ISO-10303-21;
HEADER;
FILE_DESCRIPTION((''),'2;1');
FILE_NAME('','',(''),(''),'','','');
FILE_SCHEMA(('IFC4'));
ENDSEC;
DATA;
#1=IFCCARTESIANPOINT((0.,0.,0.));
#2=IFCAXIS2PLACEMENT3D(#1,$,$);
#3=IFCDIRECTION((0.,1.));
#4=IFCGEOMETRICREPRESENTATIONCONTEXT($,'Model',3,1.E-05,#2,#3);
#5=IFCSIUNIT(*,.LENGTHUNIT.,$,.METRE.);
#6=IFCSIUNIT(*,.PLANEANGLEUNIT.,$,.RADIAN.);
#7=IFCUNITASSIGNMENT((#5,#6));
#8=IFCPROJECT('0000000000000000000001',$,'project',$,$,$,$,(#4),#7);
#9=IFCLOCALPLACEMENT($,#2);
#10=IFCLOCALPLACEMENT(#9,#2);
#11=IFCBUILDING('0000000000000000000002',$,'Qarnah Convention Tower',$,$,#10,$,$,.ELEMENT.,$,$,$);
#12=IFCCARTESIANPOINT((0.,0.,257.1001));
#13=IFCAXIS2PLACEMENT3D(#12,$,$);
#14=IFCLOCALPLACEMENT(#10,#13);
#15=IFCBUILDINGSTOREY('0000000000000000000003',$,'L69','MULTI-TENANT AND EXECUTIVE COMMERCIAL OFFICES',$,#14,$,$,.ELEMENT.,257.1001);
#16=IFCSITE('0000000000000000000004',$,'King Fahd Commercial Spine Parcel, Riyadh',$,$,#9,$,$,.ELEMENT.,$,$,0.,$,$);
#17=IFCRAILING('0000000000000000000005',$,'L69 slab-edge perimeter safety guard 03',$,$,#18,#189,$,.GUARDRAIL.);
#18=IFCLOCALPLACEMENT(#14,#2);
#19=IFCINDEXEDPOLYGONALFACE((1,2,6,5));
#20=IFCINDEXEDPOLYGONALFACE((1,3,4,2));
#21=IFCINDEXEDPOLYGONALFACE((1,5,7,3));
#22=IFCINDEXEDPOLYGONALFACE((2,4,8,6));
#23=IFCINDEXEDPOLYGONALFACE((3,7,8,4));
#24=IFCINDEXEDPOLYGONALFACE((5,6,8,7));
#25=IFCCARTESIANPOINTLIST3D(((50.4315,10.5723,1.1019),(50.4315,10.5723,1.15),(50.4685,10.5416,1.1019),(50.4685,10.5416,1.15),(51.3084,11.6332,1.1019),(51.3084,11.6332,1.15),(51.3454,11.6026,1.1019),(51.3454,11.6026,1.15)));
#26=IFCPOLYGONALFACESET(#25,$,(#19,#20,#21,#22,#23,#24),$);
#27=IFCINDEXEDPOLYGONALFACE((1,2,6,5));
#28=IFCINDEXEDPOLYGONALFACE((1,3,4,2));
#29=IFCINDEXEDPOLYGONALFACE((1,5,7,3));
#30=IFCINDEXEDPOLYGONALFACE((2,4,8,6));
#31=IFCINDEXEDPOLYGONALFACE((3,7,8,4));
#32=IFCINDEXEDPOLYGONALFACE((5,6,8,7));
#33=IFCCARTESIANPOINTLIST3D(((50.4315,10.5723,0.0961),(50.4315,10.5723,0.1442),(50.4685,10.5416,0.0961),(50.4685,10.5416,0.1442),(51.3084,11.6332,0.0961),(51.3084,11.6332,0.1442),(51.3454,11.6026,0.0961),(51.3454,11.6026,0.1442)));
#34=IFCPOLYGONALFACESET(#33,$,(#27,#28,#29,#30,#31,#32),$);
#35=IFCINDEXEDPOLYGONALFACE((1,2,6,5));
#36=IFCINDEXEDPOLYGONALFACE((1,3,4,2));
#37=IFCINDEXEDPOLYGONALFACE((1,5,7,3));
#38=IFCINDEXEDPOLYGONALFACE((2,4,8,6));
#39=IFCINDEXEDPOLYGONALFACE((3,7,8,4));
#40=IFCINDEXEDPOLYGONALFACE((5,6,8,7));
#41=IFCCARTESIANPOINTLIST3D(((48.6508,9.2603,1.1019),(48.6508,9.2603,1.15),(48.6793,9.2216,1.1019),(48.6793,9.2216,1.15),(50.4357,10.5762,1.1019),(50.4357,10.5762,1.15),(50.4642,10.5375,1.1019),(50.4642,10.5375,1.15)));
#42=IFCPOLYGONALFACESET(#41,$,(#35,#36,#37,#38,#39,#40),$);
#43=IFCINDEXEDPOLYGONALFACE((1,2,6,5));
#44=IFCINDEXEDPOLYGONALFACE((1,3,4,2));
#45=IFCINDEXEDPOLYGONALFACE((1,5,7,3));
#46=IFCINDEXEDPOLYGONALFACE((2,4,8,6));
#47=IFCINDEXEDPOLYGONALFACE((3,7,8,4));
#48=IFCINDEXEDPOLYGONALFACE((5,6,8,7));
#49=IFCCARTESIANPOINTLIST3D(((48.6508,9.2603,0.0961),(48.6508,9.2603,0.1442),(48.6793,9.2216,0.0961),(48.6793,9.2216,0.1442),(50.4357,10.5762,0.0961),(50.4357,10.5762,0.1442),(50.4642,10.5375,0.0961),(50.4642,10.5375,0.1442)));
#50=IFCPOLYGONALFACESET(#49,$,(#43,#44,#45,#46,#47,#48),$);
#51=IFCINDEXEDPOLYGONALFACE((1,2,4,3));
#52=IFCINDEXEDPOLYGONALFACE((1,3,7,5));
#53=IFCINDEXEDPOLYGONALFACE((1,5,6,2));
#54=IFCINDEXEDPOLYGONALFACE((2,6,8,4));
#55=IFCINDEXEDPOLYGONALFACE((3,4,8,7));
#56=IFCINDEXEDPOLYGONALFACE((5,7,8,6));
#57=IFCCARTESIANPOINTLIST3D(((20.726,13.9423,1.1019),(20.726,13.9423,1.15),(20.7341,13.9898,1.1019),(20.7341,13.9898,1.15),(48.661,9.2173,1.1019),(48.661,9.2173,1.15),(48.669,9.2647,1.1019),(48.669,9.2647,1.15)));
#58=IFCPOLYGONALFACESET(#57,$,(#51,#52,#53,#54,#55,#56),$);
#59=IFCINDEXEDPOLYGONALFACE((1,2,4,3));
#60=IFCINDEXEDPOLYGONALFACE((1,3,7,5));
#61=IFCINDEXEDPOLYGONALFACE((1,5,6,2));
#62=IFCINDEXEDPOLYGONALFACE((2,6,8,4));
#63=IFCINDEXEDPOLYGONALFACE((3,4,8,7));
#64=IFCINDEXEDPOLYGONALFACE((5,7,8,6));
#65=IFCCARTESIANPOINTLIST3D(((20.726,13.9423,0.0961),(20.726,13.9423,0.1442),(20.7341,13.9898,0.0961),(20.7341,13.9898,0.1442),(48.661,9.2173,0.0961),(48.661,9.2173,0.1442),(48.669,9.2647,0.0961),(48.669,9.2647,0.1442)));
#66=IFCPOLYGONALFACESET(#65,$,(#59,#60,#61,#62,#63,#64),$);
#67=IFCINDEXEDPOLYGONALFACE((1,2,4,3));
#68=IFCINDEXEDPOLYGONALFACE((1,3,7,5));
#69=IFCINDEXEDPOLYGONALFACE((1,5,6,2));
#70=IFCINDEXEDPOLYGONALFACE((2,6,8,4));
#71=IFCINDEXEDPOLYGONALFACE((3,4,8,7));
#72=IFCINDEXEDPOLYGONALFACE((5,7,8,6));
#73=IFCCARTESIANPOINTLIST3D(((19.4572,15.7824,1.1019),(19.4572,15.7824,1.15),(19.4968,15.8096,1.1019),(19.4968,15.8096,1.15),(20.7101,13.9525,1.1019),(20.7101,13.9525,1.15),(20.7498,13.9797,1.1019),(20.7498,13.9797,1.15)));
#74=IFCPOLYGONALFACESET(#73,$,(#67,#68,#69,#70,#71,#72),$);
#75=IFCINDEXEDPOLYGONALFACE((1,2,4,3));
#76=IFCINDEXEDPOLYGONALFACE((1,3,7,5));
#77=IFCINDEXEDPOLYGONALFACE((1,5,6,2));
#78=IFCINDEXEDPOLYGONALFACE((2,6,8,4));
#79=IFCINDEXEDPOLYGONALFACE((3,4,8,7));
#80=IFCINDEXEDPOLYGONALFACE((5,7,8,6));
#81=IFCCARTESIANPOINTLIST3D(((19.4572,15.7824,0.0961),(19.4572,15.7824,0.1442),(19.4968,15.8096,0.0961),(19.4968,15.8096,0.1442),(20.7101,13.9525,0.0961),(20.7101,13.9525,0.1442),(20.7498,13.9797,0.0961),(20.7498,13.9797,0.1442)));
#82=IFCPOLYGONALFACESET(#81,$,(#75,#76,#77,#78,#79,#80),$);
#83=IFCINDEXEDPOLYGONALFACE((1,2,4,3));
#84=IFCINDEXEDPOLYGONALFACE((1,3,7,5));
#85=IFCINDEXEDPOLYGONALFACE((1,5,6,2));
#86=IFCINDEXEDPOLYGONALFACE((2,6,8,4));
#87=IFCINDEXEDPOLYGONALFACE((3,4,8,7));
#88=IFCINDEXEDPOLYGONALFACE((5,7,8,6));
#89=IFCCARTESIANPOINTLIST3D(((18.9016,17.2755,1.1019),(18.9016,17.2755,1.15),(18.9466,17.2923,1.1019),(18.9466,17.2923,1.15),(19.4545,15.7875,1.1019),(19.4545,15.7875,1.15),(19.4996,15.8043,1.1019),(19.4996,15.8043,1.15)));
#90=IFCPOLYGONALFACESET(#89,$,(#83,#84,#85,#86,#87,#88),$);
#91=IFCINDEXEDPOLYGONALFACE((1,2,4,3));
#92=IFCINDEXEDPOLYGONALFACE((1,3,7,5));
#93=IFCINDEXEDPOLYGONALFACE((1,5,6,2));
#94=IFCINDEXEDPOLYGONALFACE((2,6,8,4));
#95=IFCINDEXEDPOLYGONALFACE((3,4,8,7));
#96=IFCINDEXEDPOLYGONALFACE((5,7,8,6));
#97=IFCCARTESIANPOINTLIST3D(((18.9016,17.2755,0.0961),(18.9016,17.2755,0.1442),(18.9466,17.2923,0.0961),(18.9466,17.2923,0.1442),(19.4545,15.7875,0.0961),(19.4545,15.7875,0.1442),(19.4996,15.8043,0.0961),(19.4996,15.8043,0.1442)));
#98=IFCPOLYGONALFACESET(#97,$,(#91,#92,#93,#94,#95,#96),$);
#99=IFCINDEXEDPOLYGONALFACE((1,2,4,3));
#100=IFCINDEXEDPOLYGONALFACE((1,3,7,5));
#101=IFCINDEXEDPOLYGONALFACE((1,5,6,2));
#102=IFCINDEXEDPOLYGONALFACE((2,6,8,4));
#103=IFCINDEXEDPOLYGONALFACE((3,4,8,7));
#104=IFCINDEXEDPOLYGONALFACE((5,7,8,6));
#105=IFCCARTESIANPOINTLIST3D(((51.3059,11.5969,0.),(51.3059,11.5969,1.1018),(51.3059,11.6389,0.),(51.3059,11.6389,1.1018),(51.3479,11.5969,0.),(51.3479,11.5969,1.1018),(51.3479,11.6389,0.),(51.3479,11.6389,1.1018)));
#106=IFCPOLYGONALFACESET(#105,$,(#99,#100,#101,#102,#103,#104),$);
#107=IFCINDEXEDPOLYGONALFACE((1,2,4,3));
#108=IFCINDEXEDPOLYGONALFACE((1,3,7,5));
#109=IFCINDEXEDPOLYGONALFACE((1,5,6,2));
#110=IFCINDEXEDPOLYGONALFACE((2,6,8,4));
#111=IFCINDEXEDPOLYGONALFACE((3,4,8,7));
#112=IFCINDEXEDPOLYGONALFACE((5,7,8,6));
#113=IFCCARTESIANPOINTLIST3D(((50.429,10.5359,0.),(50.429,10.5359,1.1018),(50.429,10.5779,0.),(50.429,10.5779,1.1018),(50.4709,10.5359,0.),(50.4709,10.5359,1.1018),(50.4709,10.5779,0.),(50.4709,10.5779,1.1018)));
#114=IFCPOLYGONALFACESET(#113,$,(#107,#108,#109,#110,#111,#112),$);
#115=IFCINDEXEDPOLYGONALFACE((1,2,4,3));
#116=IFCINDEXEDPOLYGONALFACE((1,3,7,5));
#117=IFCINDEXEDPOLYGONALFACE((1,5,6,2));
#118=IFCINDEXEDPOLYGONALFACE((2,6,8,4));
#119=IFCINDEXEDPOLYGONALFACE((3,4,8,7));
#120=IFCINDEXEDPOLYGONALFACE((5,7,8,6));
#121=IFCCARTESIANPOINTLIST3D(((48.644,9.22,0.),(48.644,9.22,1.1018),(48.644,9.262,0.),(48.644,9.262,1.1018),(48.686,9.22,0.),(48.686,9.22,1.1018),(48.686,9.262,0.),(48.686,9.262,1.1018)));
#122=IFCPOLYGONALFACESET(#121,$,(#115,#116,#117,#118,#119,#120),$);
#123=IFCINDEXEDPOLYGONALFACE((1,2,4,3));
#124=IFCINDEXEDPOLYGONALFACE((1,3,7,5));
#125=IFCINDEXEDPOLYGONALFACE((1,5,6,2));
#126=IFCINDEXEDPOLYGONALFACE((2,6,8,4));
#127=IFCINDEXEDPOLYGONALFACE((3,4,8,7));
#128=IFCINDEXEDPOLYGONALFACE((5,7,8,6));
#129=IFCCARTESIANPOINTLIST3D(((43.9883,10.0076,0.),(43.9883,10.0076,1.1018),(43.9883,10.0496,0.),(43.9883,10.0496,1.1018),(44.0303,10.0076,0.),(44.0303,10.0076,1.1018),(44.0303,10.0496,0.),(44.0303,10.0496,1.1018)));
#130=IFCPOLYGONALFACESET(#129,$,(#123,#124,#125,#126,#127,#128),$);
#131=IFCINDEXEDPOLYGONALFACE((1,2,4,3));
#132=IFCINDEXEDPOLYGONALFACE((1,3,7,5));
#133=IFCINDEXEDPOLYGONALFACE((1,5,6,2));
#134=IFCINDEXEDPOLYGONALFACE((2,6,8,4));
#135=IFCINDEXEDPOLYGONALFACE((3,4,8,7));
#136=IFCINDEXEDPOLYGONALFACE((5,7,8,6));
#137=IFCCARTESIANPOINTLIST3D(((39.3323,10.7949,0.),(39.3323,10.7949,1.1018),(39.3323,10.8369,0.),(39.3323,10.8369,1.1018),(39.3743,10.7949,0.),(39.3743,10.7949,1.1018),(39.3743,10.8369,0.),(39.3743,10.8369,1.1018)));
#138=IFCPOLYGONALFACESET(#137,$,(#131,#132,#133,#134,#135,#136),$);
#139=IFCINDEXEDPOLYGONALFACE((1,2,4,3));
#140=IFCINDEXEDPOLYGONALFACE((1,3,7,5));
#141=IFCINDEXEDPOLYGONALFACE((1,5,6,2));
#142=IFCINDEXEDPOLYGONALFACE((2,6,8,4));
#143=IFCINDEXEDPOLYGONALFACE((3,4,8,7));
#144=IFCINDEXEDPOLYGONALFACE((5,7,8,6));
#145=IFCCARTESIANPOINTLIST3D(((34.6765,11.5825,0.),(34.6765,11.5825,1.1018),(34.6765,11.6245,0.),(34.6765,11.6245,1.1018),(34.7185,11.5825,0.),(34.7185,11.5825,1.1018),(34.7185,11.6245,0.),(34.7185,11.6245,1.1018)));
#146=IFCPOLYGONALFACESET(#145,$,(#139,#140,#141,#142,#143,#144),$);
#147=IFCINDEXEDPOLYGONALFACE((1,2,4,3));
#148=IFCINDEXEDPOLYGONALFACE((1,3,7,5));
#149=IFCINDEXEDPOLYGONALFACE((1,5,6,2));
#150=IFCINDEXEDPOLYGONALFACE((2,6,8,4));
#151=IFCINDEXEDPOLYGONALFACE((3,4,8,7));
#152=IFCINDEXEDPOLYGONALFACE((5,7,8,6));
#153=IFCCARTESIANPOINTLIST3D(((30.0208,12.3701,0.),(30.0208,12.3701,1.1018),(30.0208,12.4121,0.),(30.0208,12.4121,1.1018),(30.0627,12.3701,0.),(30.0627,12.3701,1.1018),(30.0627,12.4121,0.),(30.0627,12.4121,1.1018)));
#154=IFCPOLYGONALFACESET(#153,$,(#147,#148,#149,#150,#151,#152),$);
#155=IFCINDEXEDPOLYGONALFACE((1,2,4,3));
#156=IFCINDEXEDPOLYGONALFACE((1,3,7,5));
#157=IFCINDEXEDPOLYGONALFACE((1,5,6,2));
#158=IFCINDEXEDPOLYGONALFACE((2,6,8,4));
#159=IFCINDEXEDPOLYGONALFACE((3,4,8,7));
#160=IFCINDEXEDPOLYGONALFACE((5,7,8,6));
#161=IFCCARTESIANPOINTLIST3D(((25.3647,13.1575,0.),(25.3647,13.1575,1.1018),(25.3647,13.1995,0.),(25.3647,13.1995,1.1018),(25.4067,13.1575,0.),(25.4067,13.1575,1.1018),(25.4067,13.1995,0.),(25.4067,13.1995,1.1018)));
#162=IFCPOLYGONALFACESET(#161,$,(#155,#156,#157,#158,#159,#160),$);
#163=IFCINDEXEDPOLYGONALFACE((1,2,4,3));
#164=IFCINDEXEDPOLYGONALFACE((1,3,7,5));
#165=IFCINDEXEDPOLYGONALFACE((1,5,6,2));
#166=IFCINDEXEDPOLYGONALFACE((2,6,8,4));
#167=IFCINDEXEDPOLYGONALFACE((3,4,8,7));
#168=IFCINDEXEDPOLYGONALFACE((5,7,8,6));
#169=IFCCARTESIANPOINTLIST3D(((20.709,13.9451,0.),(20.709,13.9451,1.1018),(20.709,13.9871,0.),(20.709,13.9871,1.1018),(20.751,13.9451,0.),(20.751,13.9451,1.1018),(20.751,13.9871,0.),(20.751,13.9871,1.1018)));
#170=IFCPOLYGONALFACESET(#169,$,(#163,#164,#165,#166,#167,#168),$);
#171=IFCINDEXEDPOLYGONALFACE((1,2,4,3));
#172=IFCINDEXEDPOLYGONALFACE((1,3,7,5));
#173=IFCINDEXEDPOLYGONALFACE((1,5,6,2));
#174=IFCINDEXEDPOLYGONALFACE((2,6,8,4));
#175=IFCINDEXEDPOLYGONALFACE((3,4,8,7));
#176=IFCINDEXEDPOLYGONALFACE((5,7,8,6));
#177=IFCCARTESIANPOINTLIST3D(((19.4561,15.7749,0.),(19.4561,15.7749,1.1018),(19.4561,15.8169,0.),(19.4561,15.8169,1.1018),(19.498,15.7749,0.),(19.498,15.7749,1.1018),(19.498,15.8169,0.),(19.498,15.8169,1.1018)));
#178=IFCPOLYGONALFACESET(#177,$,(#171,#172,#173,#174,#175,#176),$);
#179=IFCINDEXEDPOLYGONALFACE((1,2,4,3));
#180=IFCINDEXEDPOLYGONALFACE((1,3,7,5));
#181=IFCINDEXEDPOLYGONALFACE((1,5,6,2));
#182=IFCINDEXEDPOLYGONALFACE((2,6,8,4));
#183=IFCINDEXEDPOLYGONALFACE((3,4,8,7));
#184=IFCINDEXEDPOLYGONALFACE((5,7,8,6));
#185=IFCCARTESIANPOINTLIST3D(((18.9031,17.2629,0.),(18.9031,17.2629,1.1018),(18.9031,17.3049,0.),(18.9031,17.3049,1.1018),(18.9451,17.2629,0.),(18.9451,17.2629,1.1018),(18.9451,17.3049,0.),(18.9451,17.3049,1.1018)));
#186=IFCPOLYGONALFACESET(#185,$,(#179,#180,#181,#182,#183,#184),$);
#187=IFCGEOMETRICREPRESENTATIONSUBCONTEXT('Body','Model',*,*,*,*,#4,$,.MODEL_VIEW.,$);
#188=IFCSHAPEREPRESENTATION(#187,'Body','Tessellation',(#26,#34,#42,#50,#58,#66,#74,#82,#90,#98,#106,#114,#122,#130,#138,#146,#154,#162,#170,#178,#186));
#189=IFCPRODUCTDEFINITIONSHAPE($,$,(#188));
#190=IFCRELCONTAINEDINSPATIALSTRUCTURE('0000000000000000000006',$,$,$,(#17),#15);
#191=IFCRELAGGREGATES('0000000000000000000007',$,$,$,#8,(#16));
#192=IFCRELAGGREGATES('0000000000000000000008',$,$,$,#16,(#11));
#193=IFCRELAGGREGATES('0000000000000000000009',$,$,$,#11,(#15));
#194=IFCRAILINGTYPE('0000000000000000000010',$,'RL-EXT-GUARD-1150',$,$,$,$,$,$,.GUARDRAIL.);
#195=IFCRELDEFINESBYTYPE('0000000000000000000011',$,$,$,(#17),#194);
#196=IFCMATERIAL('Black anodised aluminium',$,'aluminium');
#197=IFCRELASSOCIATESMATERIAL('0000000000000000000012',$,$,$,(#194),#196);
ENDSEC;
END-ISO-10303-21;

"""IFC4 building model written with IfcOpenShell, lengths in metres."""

from ifc_helpers import new_model, si_unit, direction, frame, origin, origin_2d, place, context, subcontext, project, spatial, rectangle, extrude, material, type_object, element, save


model = new_model("IFC4")

# Units and contexts
model_context = context("Model", 3, precision=1e-05, world=origin(), true_north=direction((0.0, 1.0)))
body_context = subcontext(model_context, "Body", "Model", "MODEL_VIEW")
ifc_project = project(units=[si_unit("LENGTHUNIT", "METRE"), si_unit("PLANEANGLEUNIT", "RADIAN")], contexts=[model_context])

# Site, building, storey
site_placement = place(None, origin())
site = spatial("IfcSite", under=ifc_project, at=site_placement, Name="King Fahd Commercial Spine Parcel, Riyadh", CompositionType="ELEMENT", RefElevation=0.0)
building_placement = place(site_placement, origin())
building = spatial("IfcBuilding", under=site, at=building_placement, Name="Qarnah Convention Tower", CompositionType="ELEMENT")
storey_placement = place(building_placement, frame((0.0, 0.0, 257.1001)))
storey = spatial("IfcBuildingStorey", under=building, at=storey_placement, Name="L69", Description="MULTI-TENANT AND EXECUTIVE COMMERCIAL OFFICES", CompositionType="ELEMENT", Elevation=257.1001)

# Shared definitions
ifc_material_1 = material(Name="Black anodised aluminium", Category="aluminium")

# Railing
railing_type = type_object("IfcRailingType", Name="RL-EXT-GUARD-1150", PredefinedType="GUARDRAIL", material=ifc_material_1)
railing_1_placement = place(storey_placement, frame((51.3269, 11.6179, 0.0)))
element("IfcRailing", 1, at=railing_1_placement, inside=storey, type_object=railing_type, Name="L69 slab-edge perimeter safety guard 03", PredefinedType="GUARDRAIL", context=body_context, shape_type="SweptSolid", body=[
    extrude(rectangle(XDim=0.0481, YDim=0.0481, at=origin_2d()), frame((0.0, 0.0, 1.126), z_axis=(-0.637074, -0.770803, 0.0), x_axis=(0.770803, -0.637074, 0.0)), (0.0, 0.0, 1.0), 1.3765),
    extrude(rectangle(XDim=0.0481, YDim=0.0481, at=origin_2d()), frame((0.0, 0.0, 0.1201), z_axis=(-0.637074, -0.770803, 0.0), x_axis=(0.770803, -0.637074, 0.0)), (0.0, 0.0, 1.0), 1.3765),
    extrude(rectangle(XDim=0.0481, YDim=0.0481, at=origin_2d()), frame((-0.877, -1.061, 1.126), z_axis=(-0.804901, -0.593409, 0.0), x_axis=(0.593409, -0.804901, 0.0)), (0.0, 0.0, 1.0), 2.2175),
    extrude(rectangle(XDim=0.0481, YDim=0.0481, at=origin_2d()), frame((-0.877, -1.061, 0.1201), z_axis=(-0.804901, -0.593409, 0.0), x_axis=(0.593409, -0.804901, 0.0)), (0.0, 0.0, 1.0), 2.2175),
    extrude(rectangle(XDim=0.0481, YDim=0.0481, at=origin_2d()), frame((-2.6619, -2.377, 1.126), z_axis=(-0.985995, 0.166777, 0.0), x_axis=(-0.166777, -0.985995, 0.0)), (0.0, 0.0, 1.0), 28.3318),
    extrude(rectangle(XDim=0.0481, YDim=0.0481, at=origin_2d()), frame((-2.6619, -2.377, 0.1201), z_axis=(-0.985995, 0.166777, 0.0), x_axis=(-0.166777, -0.985995, 0.0)), (0.0, 0.0, 1.0), 28.3318),
    extrude(rectangle(XDim=0.0481, YDim=0.0481, at=origin_2d()), frame((-30.5969, 2.3481, 1.126), z_axis=(-0.564972, 0.82511, 0.0), x_axis=(-0.82511, -0.564972, 0.0)), (0.0, 0.0, 1.0), 2.2178),
    extrude(rectangle(XDim=0.0481, YDim=0.0481, at=origin_2d()), frame((-30.5969, 2.3481, 0.1201), z_axis=(-0.564972, 0.82511, 0.0), x_axis=(-0.82511, -0.564972, 0.0)), (0.0, 0.0, 1.0), 2.2178),
    extrude(rectangle(XDim=0.0481, YDim=0.0481, at=origin_2d()), frame((-31.8499, 4.178, 1.126), z_axis=(-0.348341, 0.937368, 0.0), x_axis=(-0.937368, -0.348341, 0.0)), (0.0, 0.0, 1.0), 1.5874),
    extrude(rectangle(XDim=0.0481, YDim=0.0481, at=origin_2d()), frame((-31.8499, 4.178, 0.1201), z_axis=(-0.348341, 0.937368, 0.0), x_axis=(-0.937368, -0.348341, 0.0)), (0.0, 0.0, 1.0), 1.5874),
    extrude(rectangle(XDim=0.042, YDim=0.042, at=origin_2d()), origin(), (0.0, 0.0, 1.0), 1.1018),
    extrude(rectangle(XDim=0.042, YDim=0.042, at=origin_2d()), frame((-0.877, -1.061, 0.0)), (0.0, 0.0, 1.0), 1.1018),
    extrude(rectangle(XDim=0.042, YDim=0.042, at=origin_2d()), frame((-2.6619, -2.377, 0.0)), (0.0, 0.0, 1.0), 1.1018),
    extrude(rectangle(XDim=0.042, YDim=0.042, at=origin_2d()), frame((-7.3176, -1.5894, 0.0)), (0.0, 0.0, 1.0), 1.1018),
    extrude(rectangle(XDim=0.042, YDim=0.042, at=origin_2d()), frame((-11.9736, -0.802, 0.0)), (0.0, 0.0, 1.0), 1.1018),
    extrude(rectangle(XDim=0.042, YDim=0.042, at=origin_2d()), frame((-16.6294, -0.0144, 0.0)), (0.0, 0.0, 1.0), 1.1018),
    extrude(rectangle(XDim=0.042, YDim=0.042, at=origin_2d()), frame((-21.2852, 0.7732, 0.0)), (0.0, 0.0, 1.0), 1.1018),
    extrude(rectangle(XDim=0.042, YDim=0.042, at=origin_2d()), frame((-25.9412, 1.5605, 0.0)), (0.0, 0.0, 1.0), 1.1018),
    extrude(rectangle(XDim=0.042, YDim=0.042, at=origin_2d()), frame((-30.5969, 2.3481, 0.0)), (0.0, 0.0, 1.0), 1.1018),
    extrude(rectangle(XDim=0.042, YDim=0.042, at=origin_2d()), frame((-31.8499, 4.178, 0.0)), (0.0, 0.0, 1.0), 1.1018),
    extrude(rectangle(XDim=0.042, YDim=0.042, at=origin_2d()), frame((-32.4028, 5.666, 0.0)), (0.0, 0.0, 1.0), 1.1018),
])

save(model, "model.ifc")
